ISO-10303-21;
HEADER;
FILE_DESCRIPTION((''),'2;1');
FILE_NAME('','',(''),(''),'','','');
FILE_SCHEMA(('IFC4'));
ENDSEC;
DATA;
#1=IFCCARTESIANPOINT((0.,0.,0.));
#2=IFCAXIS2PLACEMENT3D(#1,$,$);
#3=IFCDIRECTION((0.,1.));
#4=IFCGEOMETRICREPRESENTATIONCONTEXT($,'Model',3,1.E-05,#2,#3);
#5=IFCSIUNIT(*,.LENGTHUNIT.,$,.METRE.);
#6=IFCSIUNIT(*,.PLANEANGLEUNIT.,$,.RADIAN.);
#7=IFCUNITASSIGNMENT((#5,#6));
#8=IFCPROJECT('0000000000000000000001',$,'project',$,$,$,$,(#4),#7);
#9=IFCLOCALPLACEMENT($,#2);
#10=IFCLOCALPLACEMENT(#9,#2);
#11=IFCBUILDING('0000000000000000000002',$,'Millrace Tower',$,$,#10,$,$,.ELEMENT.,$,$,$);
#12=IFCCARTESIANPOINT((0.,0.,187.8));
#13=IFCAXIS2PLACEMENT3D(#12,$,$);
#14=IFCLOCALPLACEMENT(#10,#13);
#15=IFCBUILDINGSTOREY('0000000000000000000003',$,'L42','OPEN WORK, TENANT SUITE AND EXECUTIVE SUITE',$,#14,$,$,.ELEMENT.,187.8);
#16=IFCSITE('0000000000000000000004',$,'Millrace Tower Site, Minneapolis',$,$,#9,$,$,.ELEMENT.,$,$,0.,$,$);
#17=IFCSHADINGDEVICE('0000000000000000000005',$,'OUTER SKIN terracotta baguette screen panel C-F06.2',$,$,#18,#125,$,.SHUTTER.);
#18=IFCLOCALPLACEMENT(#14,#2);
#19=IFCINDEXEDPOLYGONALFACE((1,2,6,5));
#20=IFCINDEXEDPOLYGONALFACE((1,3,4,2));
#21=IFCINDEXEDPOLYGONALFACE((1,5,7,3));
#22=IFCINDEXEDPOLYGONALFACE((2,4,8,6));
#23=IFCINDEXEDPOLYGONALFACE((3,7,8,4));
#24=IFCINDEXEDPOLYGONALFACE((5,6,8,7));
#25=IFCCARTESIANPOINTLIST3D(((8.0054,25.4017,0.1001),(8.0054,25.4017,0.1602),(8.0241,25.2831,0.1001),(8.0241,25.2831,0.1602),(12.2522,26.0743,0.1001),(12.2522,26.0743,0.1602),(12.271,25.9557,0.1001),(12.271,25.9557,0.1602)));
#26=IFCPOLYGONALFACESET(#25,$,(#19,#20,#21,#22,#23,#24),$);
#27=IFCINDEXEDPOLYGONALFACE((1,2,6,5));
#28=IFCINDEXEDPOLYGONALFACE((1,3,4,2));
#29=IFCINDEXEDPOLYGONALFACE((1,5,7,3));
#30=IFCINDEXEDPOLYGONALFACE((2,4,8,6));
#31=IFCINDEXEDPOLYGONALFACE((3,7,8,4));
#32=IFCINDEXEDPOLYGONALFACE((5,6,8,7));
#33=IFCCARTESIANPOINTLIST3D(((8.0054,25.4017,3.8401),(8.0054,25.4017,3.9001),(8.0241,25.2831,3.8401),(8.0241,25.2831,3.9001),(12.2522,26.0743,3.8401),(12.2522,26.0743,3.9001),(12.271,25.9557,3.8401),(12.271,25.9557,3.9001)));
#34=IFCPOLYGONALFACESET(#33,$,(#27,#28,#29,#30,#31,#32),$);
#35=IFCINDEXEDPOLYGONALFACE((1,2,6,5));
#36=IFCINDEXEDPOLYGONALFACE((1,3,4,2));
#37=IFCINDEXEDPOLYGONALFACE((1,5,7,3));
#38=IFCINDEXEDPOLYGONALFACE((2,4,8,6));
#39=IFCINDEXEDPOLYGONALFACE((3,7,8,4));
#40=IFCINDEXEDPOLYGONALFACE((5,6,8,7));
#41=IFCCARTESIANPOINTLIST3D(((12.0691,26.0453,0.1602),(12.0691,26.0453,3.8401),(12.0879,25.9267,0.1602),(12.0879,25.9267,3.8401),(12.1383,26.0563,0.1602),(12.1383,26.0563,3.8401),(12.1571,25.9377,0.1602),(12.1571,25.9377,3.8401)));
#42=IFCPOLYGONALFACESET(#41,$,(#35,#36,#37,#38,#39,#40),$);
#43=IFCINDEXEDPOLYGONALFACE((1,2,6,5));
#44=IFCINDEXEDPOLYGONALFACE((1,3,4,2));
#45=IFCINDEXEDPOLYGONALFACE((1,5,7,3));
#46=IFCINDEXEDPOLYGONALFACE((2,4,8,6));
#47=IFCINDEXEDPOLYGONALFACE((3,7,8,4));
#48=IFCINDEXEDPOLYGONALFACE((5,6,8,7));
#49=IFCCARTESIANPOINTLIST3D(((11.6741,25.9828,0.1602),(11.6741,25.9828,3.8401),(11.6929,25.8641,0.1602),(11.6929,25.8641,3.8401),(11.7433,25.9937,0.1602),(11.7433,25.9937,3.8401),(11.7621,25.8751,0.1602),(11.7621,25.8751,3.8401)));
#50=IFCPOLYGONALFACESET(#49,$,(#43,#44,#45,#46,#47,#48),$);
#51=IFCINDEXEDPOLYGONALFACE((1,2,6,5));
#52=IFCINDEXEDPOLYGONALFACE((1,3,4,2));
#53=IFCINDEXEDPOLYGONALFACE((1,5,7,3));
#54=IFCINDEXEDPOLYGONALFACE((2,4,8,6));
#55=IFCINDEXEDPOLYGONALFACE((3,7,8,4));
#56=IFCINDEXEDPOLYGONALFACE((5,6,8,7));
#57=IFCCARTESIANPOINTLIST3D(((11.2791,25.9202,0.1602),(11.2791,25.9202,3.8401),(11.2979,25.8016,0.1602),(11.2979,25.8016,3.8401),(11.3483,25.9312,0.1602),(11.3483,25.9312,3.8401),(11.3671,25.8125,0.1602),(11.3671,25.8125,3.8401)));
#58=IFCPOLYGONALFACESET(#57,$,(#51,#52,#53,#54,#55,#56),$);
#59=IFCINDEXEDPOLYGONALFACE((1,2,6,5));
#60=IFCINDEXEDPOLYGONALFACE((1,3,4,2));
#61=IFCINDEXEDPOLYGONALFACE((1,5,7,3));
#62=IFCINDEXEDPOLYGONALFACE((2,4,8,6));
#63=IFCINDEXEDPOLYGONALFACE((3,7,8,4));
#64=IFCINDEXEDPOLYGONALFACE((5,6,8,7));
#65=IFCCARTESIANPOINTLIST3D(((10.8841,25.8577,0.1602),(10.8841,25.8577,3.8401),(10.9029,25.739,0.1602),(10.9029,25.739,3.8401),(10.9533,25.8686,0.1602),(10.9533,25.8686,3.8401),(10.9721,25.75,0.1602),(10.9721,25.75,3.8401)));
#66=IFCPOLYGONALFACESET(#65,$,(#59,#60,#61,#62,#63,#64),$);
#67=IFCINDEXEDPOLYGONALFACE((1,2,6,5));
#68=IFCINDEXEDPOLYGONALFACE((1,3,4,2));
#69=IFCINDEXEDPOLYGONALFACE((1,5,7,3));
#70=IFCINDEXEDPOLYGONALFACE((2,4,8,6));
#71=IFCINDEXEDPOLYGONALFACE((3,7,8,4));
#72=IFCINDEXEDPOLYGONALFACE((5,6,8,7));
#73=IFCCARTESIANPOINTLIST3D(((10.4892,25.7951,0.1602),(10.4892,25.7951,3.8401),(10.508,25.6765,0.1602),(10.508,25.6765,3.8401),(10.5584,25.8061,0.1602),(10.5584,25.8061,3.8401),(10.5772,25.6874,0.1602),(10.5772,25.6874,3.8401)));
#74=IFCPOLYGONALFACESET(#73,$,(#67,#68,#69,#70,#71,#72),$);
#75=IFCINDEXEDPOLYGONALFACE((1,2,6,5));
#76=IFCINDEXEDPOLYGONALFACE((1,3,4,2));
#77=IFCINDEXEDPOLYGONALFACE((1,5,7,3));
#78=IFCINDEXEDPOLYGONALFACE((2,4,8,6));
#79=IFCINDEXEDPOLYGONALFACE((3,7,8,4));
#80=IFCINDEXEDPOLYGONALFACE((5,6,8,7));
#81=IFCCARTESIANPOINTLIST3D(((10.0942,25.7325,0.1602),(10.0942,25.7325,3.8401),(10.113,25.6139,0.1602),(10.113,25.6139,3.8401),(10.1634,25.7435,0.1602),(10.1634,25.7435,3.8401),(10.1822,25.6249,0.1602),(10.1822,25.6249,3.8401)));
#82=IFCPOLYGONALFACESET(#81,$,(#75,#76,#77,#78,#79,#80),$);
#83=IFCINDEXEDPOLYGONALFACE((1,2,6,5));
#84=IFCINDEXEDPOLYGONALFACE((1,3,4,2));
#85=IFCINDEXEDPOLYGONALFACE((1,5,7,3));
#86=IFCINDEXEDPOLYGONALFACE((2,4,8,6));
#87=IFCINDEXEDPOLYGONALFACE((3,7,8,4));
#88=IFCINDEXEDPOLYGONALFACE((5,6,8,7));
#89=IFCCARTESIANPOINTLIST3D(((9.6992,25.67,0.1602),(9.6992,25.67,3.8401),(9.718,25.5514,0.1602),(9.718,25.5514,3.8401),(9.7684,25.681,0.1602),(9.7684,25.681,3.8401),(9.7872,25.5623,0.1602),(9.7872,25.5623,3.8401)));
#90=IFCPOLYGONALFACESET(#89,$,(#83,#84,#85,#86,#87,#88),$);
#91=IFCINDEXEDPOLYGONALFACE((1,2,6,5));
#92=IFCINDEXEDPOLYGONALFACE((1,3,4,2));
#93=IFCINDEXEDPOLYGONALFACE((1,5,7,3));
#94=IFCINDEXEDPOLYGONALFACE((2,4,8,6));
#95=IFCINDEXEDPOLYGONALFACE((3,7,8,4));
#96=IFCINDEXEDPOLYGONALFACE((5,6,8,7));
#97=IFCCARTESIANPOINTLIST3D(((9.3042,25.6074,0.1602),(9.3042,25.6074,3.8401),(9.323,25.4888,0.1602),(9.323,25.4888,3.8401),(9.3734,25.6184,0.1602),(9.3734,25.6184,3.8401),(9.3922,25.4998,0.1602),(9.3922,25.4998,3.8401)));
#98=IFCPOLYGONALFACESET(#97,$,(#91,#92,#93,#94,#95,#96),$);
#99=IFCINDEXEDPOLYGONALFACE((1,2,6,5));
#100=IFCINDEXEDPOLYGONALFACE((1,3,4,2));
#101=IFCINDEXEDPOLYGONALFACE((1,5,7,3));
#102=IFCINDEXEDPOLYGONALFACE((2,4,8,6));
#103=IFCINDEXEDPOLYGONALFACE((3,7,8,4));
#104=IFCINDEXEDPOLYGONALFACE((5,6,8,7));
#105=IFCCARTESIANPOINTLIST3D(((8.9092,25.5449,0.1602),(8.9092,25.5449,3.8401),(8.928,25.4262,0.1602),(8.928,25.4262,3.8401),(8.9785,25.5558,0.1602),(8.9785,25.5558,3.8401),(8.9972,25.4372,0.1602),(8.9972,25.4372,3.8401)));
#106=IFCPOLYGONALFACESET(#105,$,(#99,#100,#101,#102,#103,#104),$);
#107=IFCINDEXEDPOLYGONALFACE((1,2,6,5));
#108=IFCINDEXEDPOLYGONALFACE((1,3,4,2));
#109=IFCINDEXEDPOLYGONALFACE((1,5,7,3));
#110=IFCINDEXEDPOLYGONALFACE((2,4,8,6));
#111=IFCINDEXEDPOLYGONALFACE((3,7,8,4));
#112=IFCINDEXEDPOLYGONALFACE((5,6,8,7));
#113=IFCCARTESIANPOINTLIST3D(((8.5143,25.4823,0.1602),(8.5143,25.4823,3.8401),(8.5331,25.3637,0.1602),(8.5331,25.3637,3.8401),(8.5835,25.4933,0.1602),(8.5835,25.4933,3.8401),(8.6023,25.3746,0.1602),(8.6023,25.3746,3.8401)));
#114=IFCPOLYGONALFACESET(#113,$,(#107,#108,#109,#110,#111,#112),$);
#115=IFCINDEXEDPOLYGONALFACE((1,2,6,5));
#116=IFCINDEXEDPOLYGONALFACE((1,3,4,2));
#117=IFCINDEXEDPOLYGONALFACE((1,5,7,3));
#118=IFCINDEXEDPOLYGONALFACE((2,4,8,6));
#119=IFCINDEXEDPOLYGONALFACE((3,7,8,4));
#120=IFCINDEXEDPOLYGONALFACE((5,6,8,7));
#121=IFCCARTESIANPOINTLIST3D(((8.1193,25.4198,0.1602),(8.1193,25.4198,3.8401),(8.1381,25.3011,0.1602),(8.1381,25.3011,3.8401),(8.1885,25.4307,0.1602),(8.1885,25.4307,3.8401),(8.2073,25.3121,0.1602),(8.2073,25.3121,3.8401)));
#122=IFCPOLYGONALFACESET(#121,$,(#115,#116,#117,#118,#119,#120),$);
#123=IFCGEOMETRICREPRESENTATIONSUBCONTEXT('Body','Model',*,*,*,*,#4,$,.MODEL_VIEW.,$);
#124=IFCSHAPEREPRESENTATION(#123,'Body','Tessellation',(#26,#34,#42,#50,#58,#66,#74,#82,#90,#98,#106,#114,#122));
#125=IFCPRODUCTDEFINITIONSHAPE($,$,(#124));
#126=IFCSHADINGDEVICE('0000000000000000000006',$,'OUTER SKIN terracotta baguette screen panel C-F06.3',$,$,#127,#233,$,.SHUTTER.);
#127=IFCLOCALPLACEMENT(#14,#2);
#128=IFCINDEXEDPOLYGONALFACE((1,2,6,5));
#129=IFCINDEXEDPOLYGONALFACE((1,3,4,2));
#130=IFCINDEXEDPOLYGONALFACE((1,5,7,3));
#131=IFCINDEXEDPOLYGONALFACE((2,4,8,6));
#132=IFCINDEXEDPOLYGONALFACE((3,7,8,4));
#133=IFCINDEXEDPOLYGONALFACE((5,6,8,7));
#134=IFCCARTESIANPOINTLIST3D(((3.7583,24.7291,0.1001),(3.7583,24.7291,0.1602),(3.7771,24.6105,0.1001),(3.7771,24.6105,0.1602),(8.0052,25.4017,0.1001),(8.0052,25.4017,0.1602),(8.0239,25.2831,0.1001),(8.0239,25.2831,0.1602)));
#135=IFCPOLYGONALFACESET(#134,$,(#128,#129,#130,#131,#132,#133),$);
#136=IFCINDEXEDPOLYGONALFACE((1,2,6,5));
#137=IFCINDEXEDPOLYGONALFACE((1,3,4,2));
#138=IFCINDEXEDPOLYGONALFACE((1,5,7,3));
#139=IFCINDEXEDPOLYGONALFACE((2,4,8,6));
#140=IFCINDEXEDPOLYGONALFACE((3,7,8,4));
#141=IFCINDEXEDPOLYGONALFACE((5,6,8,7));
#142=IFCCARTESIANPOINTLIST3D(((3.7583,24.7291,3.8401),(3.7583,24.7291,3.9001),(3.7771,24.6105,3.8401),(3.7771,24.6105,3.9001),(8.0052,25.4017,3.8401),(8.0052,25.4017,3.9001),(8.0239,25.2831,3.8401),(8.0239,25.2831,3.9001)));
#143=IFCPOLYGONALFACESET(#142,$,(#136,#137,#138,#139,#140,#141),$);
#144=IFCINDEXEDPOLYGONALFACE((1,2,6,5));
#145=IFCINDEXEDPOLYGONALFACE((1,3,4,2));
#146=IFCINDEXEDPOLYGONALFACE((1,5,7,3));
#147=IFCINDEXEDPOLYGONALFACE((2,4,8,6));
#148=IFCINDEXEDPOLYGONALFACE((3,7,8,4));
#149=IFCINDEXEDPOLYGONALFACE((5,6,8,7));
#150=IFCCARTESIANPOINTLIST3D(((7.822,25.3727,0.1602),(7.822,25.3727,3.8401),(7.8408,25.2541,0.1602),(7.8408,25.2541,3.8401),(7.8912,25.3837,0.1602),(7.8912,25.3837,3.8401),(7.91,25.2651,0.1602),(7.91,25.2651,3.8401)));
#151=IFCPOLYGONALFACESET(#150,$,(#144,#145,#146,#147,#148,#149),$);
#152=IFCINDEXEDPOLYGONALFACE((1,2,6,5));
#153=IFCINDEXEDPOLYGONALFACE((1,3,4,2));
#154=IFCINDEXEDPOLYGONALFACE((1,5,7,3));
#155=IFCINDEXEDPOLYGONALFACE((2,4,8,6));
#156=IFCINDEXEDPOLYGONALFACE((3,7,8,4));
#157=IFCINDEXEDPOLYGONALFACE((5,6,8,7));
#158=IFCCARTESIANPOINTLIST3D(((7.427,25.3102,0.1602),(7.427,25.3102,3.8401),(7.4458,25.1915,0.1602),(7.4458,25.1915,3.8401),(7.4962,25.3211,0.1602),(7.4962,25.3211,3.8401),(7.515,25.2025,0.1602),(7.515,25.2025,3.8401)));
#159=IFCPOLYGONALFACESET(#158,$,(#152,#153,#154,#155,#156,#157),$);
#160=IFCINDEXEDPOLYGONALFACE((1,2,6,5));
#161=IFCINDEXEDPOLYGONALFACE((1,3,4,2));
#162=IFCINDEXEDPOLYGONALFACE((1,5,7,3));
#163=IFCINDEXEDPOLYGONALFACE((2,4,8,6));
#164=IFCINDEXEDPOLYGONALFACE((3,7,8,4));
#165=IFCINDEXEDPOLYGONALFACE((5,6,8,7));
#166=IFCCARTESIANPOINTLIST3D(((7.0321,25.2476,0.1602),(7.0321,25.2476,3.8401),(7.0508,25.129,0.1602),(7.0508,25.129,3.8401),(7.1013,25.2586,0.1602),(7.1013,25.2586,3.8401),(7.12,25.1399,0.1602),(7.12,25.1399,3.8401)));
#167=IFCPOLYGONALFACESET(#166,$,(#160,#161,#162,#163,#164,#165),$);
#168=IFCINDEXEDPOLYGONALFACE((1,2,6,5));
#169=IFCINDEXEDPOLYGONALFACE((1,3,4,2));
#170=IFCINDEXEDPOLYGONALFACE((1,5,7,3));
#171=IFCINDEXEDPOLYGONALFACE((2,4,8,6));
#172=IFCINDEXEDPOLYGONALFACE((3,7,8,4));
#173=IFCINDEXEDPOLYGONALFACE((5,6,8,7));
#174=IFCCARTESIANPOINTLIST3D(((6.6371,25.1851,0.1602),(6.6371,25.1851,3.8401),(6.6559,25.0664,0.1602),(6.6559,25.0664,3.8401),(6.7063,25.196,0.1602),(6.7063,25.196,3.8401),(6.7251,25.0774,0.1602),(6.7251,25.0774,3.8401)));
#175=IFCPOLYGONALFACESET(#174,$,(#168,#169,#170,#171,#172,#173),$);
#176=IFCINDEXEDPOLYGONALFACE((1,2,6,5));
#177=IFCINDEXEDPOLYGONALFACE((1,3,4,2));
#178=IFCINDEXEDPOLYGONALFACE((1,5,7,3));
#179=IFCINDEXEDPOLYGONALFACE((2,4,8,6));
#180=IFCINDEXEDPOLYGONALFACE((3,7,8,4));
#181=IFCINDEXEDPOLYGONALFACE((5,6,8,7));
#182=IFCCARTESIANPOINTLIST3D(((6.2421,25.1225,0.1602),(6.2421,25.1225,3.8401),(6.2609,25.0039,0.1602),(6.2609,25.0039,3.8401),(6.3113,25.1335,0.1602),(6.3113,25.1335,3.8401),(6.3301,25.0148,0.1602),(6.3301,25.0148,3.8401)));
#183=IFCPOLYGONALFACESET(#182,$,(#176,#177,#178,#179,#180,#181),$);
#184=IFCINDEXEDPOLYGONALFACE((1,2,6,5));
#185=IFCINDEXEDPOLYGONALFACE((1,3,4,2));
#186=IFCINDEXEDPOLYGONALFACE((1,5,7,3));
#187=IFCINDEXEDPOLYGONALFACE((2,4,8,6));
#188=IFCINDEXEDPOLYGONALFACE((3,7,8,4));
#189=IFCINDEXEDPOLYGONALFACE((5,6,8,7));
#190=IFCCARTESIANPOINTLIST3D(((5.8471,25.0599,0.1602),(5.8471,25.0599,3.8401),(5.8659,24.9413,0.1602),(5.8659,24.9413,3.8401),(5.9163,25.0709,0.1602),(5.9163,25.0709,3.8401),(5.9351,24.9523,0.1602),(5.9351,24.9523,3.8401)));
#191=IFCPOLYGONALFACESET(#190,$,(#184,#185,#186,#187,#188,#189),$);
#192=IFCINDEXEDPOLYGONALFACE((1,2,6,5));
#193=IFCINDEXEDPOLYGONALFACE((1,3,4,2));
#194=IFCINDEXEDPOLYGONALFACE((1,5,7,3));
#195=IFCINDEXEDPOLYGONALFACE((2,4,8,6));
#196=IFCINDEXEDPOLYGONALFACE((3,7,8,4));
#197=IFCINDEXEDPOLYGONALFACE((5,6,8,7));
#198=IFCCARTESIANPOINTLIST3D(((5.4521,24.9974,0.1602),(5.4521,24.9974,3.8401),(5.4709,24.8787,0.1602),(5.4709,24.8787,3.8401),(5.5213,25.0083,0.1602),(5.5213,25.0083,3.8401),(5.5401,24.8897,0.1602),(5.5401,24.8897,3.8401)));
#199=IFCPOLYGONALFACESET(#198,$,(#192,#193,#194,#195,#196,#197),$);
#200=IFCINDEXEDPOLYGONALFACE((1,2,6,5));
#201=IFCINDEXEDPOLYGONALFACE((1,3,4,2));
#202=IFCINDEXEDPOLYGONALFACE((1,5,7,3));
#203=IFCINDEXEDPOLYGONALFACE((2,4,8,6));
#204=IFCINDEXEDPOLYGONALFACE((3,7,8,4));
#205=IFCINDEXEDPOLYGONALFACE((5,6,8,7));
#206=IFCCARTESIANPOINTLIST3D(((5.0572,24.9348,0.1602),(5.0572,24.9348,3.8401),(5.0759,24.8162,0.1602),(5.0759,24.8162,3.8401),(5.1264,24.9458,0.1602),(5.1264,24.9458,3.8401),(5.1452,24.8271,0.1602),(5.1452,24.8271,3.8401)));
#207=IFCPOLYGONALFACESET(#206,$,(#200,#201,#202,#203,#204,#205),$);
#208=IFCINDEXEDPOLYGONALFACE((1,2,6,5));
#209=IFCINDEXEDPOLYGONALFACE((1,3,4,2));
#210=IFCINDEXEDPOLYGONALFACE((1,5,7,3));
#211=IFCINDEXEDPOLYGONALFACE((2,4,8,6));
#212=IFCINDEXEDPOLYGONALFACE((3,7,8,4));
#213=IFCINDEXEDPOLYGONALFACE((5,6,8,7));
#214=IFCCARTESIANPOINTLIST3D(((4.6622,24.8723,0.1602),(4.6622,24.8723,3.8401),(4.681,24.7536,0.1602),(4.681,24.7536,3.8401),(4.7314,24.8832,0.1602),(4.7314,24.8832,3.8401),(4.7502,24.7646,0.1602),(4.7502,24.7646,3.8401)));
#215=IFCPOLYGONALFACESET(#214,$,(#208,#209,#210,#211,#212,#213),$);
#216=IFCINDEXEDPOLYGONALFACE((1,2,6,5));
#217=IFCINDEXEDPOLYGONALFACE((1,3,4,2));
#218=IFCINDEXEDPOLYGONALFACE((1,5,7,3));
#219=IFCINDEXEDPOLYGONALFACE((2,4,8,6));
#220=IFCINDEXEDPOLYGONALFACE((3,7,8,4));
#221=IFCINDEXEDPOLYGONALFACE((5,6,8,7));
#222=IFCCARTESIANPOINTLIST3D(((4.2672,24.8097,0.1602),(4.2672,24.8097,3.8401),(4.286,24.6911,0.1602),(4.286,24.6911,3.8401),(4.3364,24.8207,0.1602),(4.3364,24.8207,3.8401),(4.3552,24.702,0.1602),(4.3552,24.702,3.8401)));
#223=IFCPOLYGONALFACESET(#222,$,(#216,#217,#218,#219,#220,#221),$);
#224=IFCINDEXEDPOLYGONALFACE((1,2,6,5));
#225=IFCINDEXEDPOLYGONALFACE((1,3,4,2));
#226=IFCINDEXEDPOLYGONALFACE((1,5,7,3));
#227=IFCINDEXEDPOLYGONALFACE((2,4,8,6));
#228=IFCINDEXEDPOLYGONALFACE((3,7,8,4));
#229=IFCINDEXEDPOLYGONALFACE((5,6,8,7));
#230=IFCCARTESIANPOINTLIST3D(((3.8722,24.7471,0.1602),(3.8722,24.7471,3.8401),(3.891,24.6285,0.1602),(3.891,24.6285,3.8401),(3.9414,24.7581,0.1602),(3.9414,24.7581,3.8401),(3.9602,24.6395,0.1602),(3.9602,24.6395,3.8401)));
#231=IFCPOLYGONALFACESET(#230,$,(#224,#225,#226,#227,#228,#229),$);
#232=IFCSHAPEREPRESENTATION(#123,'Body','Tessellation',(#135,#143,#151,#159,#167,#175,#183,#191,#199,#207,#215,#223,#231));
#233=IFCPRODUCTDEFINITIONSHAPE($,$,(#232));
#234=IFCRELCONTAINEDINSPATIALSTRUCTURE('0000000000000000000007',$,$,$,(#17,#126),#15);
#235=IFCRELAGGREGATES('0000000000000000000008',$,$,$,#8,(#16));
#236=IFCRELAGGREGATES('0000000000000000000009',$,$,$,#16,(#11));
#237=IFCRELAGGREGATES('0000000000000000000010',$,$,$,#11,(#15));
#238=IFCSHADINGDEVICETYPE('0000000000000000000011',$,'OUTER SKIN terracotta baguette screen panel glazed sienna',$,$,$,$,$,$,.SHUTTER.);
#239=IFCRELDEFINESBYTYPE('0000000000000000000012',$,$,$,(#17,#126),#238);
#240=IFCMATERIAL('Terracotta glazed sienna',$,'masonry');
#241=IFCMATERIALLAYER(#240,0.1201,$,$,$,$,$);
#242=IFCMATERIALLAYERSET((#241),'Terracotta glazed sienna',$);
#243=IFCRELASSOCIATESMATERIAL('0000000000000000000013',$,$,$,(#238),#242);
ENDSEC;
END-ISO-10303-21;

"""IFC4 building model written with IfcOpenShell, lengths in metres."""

from ifc_helpers import new_model, entity, si_unit, direction, frame, frame_2d, origin, origin_2d, place, context, subcontext, project, spatial, rectangle, extrude, source, transform, mapped, material, layer, layer_set, type_object, element, save


model = new_model("IFC4")

# Units and contexts
model_context = context("Model", 3, precision=1e-05, world=origin(), true_north=direction((0.0, 1.0)))
body_context = subcontext(model_context, "Body", "Model", "MODEL_VIEW")
ifc_project = project(units=[si_unit("LENGTHUNIT", "METRE"), si_unit("PLANEANGLEUNIT", "RADIAN")], contexts=[model_context])

# Site, building, storey
site_placement = place(None, origin())
site = spatial("IfcSite", under=ifc_project, at=site_placement, Name="Millrace Tower Site, Minneapolis", CompositionType="ELEMENT", RefElevation=0.0)
building_placement = place(site_placement, origin())
building = spatial("IfcBuilding", under=site, at=building_placement, Name="Millrace Tower", CompositionType="ELEMENT")
storey_placement = place(building_placement, frame((0.0, 0.0, 187.8)))
storey = spatial("IfcBuildingStorey", under=building, at=storey_placement, Name="L42", Description="OPEN WORK, TENANT SUITE AND EXECUTIVE SUITE", CompositionType="ELEMENT", Elevation=187.8)

# Shading devices
ifc_material_1 = material(Name="Terracotta glazed sienna", Category="masonry")
ifc_layer_1 = layer(ifc_material_1, 0.1201)
ifc_layer_set_1 = layer_set([ifc_layer_1], Name="Terracotta glazed sienna")
shading_device_type = type_object("IfcShadingDeviceType", Name="OUTER SKIN terracotta baguette screen panel glazed sienna", PredefinedType="SHUTTER", material=ifc_layer_set_1)
cartesian_point_1 = entity("IfcCartesianPoint", [-2.1499, 0.0601])
shared_polyline_1 = entity("IfcPolyline", [cartesian_point_1, entity("IfcCartesianPoint", [2.1499, 0.0601]), entity("IfcCartesianPoint", [2.1499, -0.0601]), entity("IfcCartesianPoint", [-2.1499, -0.0601]), cartesian_point_1])
shared_shape_1 = source(origin(), body_context, "Body", "SweptSolid", [
    entity("IfcExtrudedAreaSolid", entity("IfcArbitraryClosedProfileDef", "AREA", None, shared_polyline_1), entity("IfcAxis2Placement3D", entity("IfcCartesianPoint", [0.0, 0.0, 0.0])), entity("IfcDirection", [0.0, 0.0, 1.0]), 0.0601),
    entity("IfcExtrudedAreaSolid", entity("IfcArbitraryClosedProfileDef", "AREA", None, shared_polyline_1), entity("IfcAxis2Placement3D", entity("IfcCartesianPoint", [0.0, 0.0, 3.74])), entity("IfcDirection", [0.0, 0.0, 1.0]), 0.0601),
    extrude(rectangle(XDim=0.0701, YDim=0.1201, at=frame_2d((-1.9995, 0.0))), frame((0.0, 0.0, 0.0601)), (0.0, 0.0, 1.0), 3.6799),
    extrude(rectangle(XDim=0.0701, YDim=0.1201, at=frame_2d((-1.5996, 0.0))), frame((0.0, 0.0, 0.0601)), (0.0, 0.0, 1.0), 3.6799),
    extrude(rectangle(XDim=0.0701, YDim=0.1201, at=frame_2d((-1.1997, 0.0))), frame((0.0, 0.0, 0.0601)), (0.0, 0.0, 1.0), 3.6799),
    extrude(rectangle(XDim=0.0701, YDim=0.1201, at=frame_2d((-0.7998, 0.0))), frame((0.0, 0.0, 0.0601)), (0.0, 0.0, 1.0), 3.6799),
    extrude(rectangle(XDim=0.0701, YDim=0.1201, at=frame_2d((-0.3999, 0.0))), frame((0.0, 0.0, 0.0601)), (0.0, 0.0, 1.0), 3.6799),
    extrude(rectangle(XDim=0.0701, YDim=0.1201, at=origin_2d()), frame((0.0, 0.0, 0.0601)), (0.0, 0.0, 1.0), 3.6799),
    extrude(rectangle(XDim=0.0701, YDim=0.1201, at=frame_2d((0.3999, 0.0))), frame((0.0, 0.0, 0.0601)), (0.0, 0.0, 1.0), 3.6799),
    extrude(rectangle(XDim=0.0701, YDim=0.1201, at=frame_2d((0.7998, 0.0))), frame((0.0, 0.0, 0.0601)), (0.0, 0.0, 1.0), 3.6799),
    extrude(rectangle(XDim=0.0701, YDim=0.1201, at=frame_2d((1.1997, 0.0))), frame((0.0, 0.0, 0.0601)), (0.0, 0.0, 1.0), 3.6799),
    extrude(rectangle(XDim=0.0701, YDim=0.1201, at=frame_2d((1.5996, 0.0))), frame((0.0, 0.0, 0.0601)), (0.0, 0.0, 1.0), 3.6799),
    extrude(rectangle(XDim=0.0701, YDim=0.1201, at=frame_2d((1.9995, 0.0))), frame((0.0, 0.0, 0.0601)), (0.0, 0.0, 1.0), 3.6799),
])
for number, where, z_axis, x_axis, name in (
    (1, (10.1382, 25.6787, 0.1001), (0.0, 0.0, 1.0), (-0.987688, -0.156434, 0.0), "OUTER SKIN terracotta baguette screen panel C-F06.2"),
    (2, (5.8911, 25.0061, 0.1001), (0.0, 0.0, 1.0), (-0.987688, -0.156434, 0.0), "OUTER SKIN terracotta baguette screen panel C-F06.3"),
):
    element("IfcShadingDevice", number, at=place(storey_placement, frame(where, z_axis=z_axis, x_axis=x_axis)), inside=storey, type_object=shading_device_type, Name=name, PredefinedType="SHUTTER", context=body_context, shape_type="MappedRepresentation", body=[
        mapped(shared_shape_1, transform((0.0, 0.0, 0.0), scale=1.0)),
    ])

save(model, "model.ifc")
